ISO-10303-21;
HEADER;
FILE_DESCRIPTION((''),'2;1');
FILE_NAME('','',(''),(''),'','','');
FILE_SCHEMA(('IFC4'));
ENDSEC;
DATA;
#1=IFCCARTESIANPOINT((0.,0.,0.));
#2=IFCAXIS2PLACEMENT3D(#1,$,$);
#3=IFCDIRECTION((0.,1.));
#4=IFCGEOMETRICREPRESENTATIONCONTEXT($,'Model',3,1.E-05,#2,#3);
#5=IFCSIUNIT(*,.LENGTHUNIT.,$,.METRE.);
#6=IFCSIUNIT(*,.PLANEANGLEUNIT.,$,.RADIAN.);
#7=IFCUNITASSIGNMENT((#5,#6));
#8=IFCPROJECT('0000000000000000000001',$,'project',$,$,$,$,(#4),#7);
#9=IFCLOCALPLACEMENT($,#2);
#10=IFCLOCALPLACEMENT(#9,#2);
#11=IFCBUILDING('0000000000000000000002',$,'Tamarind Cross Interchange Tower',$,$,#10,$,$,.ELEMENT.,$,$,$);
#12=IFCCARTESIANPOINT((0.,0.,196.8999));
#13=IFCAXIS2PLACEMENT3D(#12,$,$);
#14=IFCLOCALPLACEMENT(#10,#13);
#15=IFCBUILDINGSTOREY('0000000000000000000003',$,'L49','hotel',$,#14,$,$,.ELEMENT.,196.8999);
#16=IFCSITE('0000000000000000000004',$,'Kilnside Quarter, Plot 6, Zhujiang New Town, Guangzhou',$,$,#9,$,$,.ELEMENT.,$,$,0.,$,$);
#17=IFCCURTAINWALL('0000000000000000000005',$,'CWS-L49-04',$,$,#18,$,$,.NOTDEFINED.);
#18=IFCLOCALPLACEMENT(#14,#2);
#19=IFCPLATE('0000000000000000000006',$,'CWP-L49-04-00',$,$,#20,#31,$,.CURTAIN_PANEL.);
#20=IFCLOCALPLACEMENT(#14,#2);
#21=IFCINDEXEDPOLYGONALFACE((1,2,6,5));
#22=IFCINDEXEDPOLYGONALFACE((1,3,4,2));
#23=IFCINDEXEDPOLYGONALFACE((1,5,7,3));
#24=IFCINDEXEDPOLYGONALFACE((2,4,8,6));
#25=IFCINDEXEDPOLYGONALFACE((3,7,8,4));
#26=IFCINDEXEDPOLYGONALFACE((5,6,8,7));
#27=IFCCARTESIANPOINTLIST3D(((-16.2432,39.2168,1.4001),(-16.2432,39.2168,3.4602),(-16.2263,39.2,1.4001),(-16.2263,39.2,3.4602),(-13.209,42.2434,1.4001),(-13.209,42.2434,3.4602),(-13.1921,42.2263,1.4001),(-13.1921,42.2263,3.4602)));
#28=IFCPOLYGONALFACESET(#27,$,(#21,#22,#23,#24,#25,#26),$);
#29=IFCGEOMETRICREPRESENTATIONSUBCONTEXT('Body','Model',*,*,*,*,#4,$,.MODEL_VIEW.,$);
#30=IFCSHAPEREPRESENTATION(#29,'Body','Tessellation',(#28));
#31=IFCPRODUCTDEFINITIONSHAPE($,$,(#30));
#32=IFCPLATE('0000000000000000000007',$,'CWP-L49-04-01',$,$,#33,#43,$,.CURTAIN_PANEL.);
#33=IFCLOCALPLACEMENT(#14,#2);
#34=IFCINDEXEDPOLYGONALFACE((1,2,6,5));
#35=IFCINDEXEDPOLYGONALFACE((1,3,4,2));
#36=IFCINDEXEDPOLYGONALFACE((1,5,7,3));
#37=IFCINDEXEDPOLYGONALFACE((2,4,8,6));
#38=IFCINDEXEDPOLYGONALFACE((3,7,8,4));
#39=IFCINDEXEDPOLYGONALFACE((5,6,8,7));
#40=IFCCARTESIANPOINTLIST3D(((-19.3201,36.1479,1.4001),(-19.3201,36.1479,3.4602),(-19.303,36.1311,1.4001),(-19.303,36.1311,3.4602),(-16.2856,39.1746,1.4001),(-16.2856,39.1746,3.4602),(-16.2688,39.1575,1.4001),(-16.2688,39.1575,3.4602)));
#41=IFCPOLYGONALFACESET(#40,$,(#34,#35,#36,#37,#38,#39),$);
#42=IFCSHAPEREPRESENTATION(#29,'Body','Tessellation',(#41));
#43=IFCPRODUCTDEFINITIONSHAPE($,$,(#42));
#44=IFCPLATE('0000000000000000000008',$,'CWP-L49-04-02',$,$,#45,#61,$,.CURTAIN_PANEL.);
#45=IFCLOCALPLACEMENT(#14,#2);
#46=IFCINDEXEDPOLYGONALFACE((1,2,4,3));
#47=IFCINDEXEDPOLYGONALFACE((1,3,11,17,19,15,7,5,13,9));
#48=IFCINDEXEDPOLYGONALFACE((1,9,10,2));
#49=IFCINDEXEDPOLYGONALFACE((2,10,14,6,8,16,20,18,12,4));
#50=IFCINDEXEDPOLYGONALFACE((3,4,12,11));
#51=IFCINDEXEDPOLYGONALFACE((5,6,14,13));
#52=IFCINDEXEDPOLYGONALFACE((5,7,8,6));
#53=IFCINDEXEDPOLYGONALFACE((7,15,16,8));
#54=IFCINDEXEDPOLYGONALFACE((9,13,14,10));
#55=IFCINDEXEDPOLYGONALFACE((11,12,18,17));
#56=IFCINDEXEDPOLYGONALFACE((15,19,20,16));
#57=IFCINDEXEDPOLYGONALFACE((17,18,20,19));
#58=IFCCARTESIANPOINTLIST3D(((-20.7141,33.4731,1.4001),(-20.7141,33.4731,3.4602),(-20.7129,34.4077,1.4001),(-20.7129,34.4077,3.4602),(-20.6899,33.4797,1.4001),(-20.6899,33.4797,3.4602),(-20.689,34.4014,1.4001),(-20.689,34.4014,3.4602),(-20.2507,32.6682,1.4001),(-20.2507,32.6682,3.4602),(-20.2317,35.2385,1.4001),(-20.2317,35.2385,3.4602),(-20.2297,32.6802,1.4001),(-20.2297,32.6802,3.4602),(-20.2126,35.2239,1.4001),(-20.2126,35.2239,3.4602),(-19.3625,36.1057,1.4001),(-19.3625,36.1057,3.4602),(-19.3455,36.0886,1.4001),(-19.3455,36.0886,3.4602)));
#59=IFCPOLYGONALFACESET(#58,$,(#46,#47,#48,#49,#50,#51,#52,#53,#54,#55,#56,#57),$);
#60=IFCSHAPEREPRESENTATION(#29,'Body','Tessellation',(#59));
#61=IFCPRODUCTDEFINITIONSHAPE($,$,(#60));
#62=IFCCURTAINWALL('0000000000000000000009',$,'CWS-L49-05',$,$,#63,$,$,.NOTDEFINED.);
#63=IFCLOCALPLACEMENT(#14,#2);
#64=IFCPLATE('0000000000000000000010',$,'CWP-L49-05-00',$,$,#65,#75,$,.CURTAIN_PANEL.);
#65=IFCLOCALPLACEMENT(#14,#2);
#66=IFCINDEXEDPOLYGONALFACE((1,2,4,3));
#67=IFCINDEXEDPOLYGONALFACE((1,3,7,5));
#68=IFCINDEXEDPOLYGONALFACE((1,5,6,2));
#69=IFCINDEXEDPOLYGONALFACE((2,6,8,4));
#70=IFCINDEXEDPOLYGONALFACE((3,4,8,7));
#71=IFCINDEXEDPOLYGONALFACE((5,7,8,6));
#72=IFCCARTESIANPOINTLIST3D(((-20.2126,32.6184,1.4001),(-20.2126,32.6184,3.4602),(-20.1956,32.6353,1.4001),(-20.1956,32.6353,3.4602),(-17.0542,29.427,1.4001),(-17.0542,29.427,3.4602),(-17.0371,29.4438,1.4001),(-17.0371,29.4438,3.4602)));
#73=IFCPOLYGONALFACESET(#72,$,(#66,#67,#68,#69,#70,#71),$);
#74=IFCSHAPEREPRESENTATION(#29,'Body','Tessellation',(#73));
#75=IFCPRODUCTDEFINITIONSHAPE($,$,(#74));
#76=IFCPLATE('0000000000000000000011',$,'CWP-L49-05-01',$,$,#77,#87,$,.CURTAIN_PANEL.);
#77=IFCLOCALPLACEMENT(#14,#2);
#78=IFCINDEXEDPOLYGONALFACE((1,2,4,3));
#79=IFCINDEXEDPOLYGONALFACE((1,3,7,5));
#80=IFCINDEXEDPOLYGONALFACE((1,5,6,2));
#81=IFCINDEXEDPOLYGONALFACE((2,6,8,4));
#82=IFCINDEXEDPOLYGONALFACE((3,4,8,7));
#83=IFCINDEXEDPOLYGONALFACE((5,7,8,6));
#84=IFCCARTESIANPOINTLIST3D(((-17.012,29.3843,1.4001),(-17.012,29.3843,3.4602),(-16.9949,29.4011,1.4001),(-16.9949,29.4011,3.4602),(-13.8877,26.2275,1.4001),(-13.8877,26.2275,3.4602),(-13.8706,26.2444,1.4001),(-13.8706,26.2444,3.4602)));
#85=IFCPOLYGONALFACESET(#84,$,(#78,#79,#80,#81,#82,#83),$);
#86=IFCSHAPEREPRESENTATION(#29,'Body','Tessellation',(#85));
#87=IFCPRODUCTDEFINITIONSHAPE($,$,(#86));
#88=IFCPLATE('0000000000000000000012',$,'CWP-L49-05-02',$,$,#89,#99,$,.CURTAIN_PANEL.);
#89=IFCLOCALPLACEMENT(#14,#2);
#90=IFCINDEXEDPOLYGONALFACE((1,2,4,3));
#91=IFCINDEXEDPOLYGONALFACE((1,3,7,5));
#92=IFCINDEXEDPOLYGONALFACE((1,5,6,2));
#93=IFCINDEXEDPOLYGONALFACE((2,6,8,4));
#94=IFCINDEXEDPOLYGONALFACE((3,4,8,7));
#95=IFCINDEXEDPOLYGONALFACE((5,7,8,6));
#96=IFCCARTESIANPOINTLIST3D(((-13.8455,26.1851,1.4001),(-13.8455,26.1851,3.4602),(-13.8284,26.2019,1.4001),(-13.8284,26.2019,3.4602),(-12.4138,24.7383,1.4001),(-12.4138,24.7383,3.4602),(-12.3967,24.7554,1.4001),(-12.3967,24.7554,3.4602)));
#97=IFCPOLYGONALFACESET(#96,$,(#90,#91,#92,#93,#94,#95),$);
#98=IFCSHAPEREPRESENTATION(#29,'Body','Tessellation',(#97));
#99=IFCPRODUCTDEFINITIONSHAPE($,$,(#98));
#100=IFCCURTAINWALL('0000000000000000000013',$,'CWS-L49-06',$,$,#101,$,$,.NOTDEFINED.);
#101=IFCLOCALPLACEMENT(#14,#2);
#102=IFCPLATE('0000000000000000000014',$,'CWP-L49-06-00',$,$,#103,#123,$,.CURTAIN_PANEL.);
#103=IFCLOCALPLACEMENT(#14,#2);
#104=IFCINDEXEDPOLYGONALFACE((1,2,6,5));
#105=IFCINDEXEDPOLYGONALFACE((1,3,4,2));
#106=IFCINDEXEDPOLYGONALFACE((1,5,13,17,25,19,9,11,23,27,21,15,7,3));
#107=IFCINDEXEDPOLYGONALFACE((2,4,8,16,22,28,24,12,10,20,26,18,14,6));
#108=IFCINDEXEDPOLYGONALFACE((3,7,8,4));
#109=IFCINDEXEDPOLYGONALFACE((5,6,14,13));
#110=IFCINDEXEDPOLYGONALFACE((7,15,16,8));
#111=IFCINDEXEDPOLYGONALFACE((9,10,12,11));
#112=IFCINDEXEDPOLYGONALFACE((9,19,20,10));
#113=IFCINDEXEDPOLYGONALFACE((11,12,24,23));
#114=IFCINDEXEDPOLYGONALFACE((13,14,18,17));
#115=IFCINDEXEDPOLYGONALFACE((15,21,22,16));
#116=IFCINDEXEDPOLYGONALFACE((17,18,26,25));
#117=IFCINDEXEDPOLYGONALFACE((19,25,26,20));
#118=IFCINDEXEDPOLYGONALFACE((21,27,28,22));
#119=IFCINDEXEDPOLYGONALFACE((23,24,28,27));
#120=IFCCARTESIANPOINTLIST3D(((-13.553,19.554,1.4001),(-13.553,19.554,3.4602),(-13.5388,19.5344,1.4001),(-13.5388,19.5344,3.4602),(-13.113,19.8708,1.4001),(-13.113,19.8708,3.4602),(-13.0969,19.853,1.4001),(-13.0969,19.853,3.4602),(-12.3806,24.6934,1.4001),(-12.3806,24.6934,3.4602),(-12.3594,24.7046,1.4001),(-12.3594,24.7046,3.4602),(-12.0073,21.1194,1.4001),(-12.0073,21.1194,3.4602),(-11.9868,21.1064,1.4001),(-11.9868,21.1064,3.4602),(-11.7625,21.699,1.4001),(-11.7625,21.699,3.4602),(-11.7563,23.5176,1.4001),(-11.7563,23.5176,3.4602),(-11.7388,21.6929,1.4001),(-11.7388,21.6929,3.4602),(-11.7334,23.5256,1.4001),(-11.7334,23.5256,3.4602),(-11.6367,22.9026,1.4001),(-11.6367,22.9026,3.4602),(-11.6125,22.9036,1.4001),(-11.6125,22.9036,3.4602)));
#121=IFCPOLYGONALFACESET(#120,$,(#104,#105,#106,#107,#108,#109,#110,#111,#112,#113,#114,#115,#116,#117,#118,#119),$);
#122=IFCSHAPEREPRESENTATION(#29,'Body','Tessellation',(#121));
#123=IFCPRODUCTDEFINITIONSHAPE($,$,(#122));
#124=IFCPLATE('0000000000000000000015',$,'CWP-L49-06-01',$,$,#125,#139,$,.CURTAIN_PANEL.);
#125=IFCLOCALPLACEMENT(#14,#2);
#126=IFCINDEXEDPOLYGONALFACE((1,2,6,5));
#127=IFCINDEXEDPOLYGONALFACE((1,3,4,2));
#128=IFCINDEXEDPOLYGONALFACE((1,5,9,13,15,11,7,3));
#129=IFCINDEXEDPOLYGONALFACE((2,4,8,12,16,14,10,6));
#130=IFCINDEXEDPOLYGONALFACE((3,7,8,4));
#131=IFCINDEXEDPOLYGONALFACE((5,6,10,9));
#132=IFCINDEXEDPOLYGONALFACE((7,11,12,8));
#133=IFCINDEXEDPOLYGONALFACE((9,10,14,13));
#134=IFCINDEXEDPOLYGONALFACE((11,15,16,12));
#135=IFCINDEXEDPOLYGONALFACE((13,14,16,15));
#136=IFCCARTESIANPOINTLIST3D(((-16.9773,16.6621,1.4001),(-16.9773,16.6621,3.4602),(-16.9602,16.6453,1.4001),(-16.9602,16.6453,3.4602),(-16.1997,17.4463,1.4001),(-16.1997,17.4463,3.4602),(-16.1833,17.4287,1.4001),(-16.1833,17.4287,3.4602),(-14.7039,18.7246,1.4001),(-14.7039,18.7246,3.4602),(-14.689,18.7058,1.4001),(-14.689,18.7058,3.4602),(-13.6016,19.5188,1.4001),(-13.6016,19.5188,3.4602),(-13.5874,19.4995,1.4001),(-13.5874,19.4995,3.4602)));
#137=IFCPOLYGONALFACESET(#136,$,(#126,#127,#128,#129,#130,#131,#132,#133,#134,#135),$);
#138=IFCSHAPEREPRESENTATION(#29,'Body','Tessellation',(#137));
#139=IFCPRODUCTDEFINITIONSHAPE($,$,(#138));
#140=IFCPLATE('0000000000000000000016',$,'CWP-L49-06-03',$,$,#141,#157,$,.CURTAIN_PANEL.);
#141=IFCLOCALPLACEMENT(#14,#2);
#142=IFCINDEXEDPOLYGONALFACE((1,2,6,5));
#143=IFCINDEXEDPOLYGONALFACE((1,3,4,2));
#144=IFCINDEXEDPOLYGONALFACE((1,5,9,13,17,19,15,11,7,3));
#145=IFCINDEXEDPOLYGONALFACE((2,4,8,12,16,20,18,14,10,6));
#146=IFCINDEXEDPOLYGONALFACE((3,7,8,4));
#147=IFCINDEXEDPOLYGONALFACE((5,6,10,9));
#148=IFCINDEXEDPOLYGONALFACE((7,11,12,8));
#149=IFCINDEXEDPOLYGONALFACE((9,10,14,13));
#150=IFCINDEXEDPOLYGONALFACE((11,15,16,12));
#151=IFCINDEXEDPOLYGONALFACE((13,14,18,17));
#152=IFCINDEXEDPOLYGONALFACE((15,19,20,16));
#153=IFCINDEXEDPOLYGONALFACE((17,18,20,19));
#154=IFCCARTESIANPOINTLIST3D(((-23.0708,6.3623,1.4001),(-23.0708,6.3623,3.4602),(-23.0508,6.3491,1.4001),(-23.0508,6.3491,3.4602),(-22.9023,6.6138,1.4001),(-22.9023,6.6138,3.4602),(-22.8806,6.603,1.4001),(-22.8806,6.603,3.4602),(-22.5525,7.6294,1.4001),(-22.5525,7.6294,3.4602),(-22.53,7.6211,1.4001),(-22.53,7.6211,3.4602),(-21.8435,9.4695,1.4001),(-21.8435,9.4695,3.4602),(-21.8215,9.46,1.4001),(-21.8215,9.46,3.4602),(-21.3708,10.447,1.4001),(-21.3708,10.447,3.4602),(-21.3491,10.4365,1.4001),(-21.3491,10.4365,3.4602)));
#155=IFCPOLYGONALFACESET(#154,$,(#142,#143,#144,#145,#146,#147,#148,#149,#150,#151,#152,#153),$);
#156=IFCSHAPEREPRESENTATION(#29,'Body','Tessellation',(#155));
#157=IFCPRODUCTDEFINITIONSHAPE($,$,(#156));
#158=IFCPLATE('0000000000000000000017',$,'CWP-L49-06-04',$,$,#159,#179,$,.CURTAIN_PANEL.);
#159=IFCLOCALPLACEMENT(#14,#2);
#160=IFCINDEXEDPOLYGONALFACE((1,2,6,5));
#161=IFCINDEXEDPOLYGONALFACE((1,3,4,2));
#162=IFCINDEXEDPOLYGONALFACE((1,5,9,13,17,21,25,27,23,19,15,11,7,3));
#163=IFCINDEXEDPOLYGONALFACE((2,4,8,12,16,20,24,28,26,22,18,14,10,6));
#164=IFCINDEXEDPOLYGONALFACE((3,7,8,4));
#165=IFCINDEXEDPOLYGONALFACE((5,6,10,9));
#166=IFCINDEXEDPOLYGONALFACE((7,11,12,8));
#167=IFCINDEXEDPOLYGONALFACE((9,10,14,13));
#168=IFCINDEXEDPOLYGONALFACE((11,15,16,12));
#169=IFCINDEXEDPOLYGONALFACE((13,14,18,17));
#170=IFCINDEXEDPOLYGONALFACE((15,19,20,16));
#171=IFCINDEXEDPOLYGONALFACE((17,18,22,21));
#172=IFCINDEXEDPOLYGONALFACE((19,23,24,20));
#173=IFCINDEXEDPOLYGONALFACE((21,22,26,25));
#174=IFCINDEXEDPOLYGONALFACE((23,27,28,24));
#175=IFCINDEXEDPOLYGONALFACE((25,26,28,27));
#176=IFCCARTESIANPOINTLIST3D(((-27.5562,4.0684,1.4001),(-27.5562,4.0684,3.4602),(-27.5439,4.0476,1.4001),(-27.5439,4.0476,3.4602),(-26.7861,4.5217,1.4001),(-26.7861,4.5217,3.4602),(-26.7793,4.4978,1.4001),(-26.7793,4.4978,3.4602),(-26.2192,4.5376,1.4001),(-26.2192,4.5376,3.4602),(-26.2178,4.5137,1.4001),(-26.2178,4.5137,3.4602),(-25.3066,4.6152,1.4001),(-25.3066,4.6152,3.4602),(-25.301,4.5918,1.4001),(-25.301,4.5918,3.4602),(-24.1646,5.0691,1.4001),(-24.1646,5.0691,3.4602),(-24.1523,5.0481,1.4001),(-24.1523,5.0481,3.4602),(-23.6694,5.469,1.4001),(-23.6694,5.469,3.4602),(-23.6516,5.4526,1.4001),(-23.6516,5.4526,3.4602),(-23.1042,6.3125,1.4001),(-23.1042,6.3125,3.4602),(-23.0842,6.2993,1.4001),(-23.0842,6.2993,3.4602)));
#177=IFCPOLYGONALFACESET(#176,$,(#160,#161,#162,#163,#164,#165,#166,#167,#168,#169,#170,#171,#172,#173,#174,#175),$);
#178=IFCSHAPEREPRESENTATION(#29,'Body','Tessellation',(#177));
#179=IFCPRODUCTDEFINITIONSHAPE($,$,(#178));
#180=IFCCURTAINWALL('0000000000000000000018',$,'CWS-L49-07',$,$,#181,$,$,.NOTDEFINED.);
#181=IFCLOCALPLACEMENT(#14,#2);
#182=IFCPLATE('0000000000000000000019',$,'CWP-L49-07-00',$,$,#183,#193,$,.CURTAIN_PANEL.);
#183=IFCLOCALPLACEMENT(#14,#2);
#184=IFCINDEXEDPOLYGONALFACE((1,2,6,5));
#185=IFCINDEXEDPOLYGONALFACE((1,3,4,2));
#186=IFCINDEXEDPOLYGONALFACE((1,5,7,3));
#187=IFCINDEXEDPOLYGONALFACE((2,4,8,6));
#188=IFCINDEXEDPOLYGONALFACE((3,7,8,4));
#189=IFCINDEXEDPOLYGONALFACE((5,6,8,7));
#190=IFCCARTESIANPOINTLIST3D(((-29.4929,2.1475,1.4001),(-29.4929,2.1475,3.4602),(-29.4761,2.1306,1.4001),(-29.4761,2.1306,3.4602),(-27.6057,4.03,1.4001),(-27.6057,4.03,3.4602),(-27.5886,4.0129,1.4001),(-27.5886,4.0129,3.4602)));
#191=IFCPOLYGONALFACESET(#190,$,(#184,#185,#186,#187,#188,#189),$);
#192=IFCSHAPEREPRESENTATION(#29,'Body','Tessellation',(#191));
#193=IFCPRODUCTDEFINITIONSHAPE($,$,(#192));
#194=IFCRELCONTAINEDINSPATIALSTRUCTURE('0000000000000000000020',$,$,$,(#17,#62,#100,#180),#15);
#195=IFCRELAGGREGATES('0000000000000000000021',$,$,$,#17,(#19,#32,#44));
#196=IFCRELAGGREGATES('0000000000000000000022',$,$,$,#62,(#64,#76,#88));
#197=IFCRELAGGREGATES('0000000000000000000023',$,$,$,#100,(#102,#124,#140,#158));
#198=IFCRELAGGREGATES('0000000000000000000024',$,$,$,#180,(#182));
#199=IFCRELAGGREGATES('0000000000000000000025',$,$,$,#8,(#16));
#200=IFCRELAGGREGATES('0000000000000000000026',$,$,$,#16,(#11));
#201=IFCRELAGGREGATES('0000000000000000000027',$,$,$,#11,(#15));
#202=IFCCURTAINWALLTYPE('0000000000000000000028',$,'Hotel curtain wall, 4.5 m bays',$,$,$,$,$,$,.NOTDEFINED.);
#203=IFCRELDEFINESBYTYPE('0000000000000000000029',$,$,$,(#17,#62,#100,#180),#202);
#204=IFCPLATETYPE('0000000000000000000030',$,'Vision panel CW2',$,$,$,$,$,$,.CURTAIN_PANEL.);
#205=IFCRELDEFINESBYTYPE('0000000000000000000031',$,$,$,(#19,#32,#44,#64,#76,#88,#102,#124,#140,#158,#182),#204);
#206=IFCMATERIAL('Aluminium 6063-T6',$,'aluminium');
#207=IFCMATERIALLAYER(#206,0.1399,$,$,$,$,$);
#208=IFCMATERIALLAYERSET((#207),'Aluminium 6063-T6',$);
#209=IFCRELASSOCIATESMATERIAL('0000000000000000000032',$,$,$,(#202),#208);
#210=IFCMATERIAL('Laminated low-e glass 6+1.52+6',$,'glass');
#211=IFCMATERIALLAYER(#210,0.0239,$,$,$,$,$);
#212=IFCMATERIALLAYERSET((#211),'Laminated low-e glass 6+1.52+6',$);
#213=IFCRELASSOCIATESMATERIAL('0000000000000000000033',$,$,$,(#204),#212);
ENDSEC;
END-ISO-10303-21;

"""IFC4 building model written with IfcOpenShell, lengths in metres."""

from ifc_helpers import new_model, si_unit, direction, frame, origin, place, context, subcontext, project, spatial, polyline, outline, extrude, material, layer, layer_set, type_object, element, aggregate, save


model = new_model("IFC4")

# Units and contexts
model_context = context("Model", 3, precision=1e-05, world=origin(), true_north=direction((0.0, 1.0)))
body_context = subcontext(model_context, "Body", "Model", "MODEL_VIEW")
ifc_project = project(units=[si_unit("LENGTHUNIT", "METRE"), si_unit("PLANEANGLEUNIT", "RADIAN")], contexts=[model_context])

# Site, building, storey
site_placement = place(None, origin())
site = spatial("IfcSite", under=ifc_project, at=site_placement, Name="Kilnside Quarter, Plot 6, Zhujiang New Town, Guangzhou", CompositionType="ELEMENT", RefElevation=0.0)
building_placement = place(site_placement, origin())
building = spatial("IfcBuilding", under=site, at=building_placement, Name="Tamarind Cross Interchange Tower", CompositionType="ELEMENT")
storey_placement = place(building_placement, frame((0.0, 0.0, 196.8999)))
storey = spatial("IfcBuildingStorey", under=building, at=storey_placement, Name="L49", Description="hotel", CompositionType="ELEMENT", Elevation=196.8999)

# Curtain walls, plates
ifc_material_1 = material(Name="Aluminium 6063-T6", Category="aluminium")
ifc_layer_1 = layer(ifc_material_1, 0.1399)
ifc_layer_set_1 = layer_set([ifc_layer_1], Name="Aluminium 6063-T6")
curtain_wall_type = type_object("IfcCurtainWallType", Name="Hotel curtain wall, 4.5 m bays", PredefinedType="NOTDEFINED", material=ifc_layer_set_1)
curtain_wall_1_placement = place(storey_placement, origin())
curtain_wall_1 = element("IfcCurtainWall", 1, at=curtain_wall_1_placement, inside=storey, type_object=curtain_wall_type, Name="CWS-L49-04", PredefinedType="NOTDEFINED")
ifc_material_2 = material(Name="Laminated low-e glass 6+1.52+6", Category="glass")
ifc_layer_2 = layer(ifc_material_2, 0.0239)
ifc_layer_set_2 = layer_set([ifc_layer_2], Name="Laminated low-e glass 6+1.52+6")
plate_type = type_object("IfcPlateType", Name="Vision panel CW2", PredefinedType="CURTAIN_PANEL", material=ifc_layer_set_2)
plate_1_placement = place(storey_placement, frame((0.0, 0.0, 1.4001)))
plate_1 = element("IfcPlate", 2, at=plate_1_placement, type_object=plate_type, Name="CWP-L49-04-00", PredefinedType="CURTAIN_PANEL", context=body_context, shape_type="SweptSolid", body=[
    extrude(outline(polyline([(-13.1921, 42.2263), (-16.2263, 39.2), (-16.2432, 39.2168), (-13.209, 42.2434), (-13.1921, 42.2263)])), origin(), (0.0, 0.0, 1.0), 2.0601),
])
plate_2_placement = place(storey_placement, frame((0.0, 0.0, 1.4001)))
plate_2 = element("IfcPlate", 3, at=plate_2_placement, type_object=plate_type, Name="CWP-L49-04-01", PredefinedType="CURTAIN_PANEL", context=body_context, shape_type="SweptSolid", body=[
    extrude(outline(polyline([(-16.2688, 39.1575), (-19.303, 36.1311), (-19.3201, 36.1479), (-16.2856, 39.1746), (-16.2688, 39.1575)])), origin(), (0.0, 0.0, 1.0), 2.0601),
])
plate_3_placement = place(storey_placement, frame((0.0, 0.0, 1.4001)))
plate_3 = element("IfcPlate", 4, at=plate_3_placement, type_object=plate_type, Name="CWP-L49-04-02", PredefinedType="CURTAIN_PANEL", context=body_context, shape_type="SweptSolid", body=[
    extrude(outline(polyline([(-19.3455, 36.0886), (-20.2126, 35.2239), (-20.689, 34.4014), (-20.6899, 33.4797), (-20.2297, 32.6802), (-20.2507, 32.6682), (-20.7141, 33.4731), (-20.7129, 34.4077), (-20.2317, 35.2385), (-19.3625, 36.1057), (-19.3455, 36.0886)])), origin(), (0.0, 0.0, 1.0), 2.0601),
])
aggregate(curtain_wall_1, [plate_1, plate_2, plate_3])
curtain_wall_2_placement = place(storey_placement, origin())
curtain_wall_2 = element("IfcCurtainWall", 5, at=curtain_wall_2_placement, inside=storey, type_object=curtain_wall_type, Name="CWS-L49-05", PredefinedType="NOTDEFINED")
plate_4_placement = place(storey_placement, frame((0.0, 0.0, 1.4001)))
plate_4 = element("IfcPlate", 6, at=plate_4_placement, type_object=plate_type, Name="CWP-L49-05-00", PredefinedType="CURTAIN_PANEL", context=body_context, shape_type="SweptSolid", body=[
    extrude(outline(polyline([(-20.1956, 32.6353), (-17.0371, 29.4438), (-17.0542, 29.427), (-20.2126, 32.6184), (-20.1956, 32.6353)])), origin(), (0.0, 0.0, 1.0), 2.0601),
])
plate_5_placement = place(storey_placement, frame((0.0, 0.0, 1.4001)))
plate_5 = element("IfcPlate", 7, at=plate_5_placement, type_object=plate_type, Name="CWP-L49-05-01", PredefinedType="CURTAIN_PANEL", context=body_context, shape_type="SweptSolid", body=[
    extrude(outline(polyline([(-16.9949, 29.4011), (-13.8706, 26.2444), (-13.8877, 26.2275), (-17.012, 29.3843), (-16.9949, 29.4011)])), origin(), (0.0, 0.0, 1.0), 2.0601),
])
plate_6_placement = place(storey_placement, frame((0.0, 0.0, 1.4001)))
plate_6 = element("IfcPlate", 8, at=plate_6_placement, type_object=plate_type, Name="CWP-L49-05-02", PredefinedType="CURTAIN_PANEL", context=body_context, shape_type="SweptSolid", body=[
    extrude(outline(polyline([(-13.8284, 26.2019), (-12.3967, 24.7554), (-12.4138, 24.7383), (-13.8455, 26.1851), (-13.8284, 26.2019)])), origin(), (0.0, 0.0, 1.0), 2.0601),
])
aggregate(curtain_wall_2, [plate_4, plate_5, plate_6])
curtain_wall_3_placement = place(storey_placement, origin())
curtain_wall_3 = element("IfcCurtainWall", 9, at=curtain_wall_3_placement, inside=storey, type_object=curtain_wall_type, Name="CWS-L49-06", PredefinedType="NOTDEFINED")
plate_7_placement = place(storey_placement, frame((0.0, 0.0, 1.4001)))
plate_7 = element("IfcPlate", 10, at=plate_7_placement, type_object=plate_type, Name="CWP-L49-06-00", PredefinedType="CURTAIN_PANEL", context=body_context, shape_type="SweptSolid", body=[
    extrude(outline(polyline([(-12.3594, 24.7046), (-11.7334, 23.5256), (-11.6125, 22.9036), (-11.7388, 21.6929), (-11.9868, 21.1064), (-13.0969, 19.853), (-13.5388, 19.5344), (-13.553, 19.554), (-13.113, 19.8708), (-12.0073, 21.1194), (-11.7625, 21.699), (-11.6367, 22.9026), (-11.7563, 23.5176), (-12.3806, 24.6934), (-12.3594, 24.7046)])), origin(), (0.0, 0.0, 1.0), 2.0601),
])
plate_8_placement = place(storey_placement, frame((0.0, 0.0, 1.4001)))
plate_8 = element("IfcPlate", 11, at=plate_8_placement, type_object=plate_type, Name="CWP-L49-06-01", PredefinedType="CURTAIN_PANEL", context=body_context, shape_type="SweptSolid", body=[
    extrude(outline(polyline([(-13.5874, 19.4995), (-14.689, 18.7058), (-16.1833, 17.4287), (-16.9602, 16.6453), (-16.9773, 16.6621), (-16.1997, 17.4463), (-14.7039, 18.7246), (-13.6016, 19.5188), (-13.5874, 19.4995)])), origin(), (0.0, 0.0, 1.0), 2.0601),
])
plate_9_placement = place(storey_placement, frame((0.0, 0.0, 1.4001)))
plate_9 = element("IfcPlate", 12, at=plate_9_placement, type_object=plate_type, Name="CWP-L49-06-03", PredefinedType="CURTAIN_PANEL", context=body_context, shape_type="SweptSolid", body=[
    extrude(outline(polyline([(-21.3491, 10.4365), (-21.8215, 9.46), (-22.53, 7.6211), (-22.8806, 6.603), (-23.0508, 6.3491), (-23.0708, 6.3623), (-22.9023, 6.6138), (-22.5525, 7.6294), (-21.8435, 9.4695), (-21.3708, 10.447), (-21.3491, 10.4365)])), origin(), (0.0, 0.0, 1.0), 2.0601),
])
plate_10_placement = place(storey_placement, frame((0.0, 0.0, 1.4001)))
plate_10 = element("IfcPlate", 13, at=plate_10_placement, type_object=plate_type, Name="CWP-L49-06-04", PredefinedType="CURTAIN_PANEL", context=body_context, shape_type="SweptSolid", body=[
    extrude(outline(polyline([(-23.0842, 6.2993), (-23.6516, 5.4526), (-24.1523, 5.0481), (-25.301, 4.5918), (-26.2178, 4.5137), (-26.7793, 4.4978), (-27.5439, 4.0476), (-27.5562, 4.0684), (-26.7861, 4.5217), (-26.2192, 4.5376), (-25.3066, 4.6152), (-24.1646, 5.0691), (-23.6694, 5.469), (-23.1042, 6.3125), (-23.0842, 6.2993)])), origin(), (0.0, 0.0, 1.0), 2.0601),
])
aggregate(curtain_wall_3, [plate_7, plate_8, plate_9, plate_10])
curtain_wall_4_placement = place(storey_placement, origin())
curtain_wall_4 = element("IfcCurtainWall", 14, at=curtain_wall_4_placement, inside=storey, type_object=curtain_wall_type, Name="CWS-L49-07", PredefinedType="NOTDEFINED")
plate_11_placement = place(storey_placement, frame((0.0, 0.0, 1.4001)))
plate_11 = element("IfcPlate", 15, at=plate_11_placement, type_object=plate_type, Name="CWP-L49-07-00", PredefinedType="CURTAIN_PANEL", context=body_context, shape_type="SweptSolid", body=[
    extrude(outline(polyline([(-27.5886, 4.0129), (-29.4761, 2.1306), (-29.4929, 2.1475), (-27.6057, 4.03), (-27.5886, 4.0129)])), origin(), (0.0, 0.0, 1.0), 2.0601),
])
aggregate(curtain_wall_4, [plate_11])

save(model, "model.ifc")
